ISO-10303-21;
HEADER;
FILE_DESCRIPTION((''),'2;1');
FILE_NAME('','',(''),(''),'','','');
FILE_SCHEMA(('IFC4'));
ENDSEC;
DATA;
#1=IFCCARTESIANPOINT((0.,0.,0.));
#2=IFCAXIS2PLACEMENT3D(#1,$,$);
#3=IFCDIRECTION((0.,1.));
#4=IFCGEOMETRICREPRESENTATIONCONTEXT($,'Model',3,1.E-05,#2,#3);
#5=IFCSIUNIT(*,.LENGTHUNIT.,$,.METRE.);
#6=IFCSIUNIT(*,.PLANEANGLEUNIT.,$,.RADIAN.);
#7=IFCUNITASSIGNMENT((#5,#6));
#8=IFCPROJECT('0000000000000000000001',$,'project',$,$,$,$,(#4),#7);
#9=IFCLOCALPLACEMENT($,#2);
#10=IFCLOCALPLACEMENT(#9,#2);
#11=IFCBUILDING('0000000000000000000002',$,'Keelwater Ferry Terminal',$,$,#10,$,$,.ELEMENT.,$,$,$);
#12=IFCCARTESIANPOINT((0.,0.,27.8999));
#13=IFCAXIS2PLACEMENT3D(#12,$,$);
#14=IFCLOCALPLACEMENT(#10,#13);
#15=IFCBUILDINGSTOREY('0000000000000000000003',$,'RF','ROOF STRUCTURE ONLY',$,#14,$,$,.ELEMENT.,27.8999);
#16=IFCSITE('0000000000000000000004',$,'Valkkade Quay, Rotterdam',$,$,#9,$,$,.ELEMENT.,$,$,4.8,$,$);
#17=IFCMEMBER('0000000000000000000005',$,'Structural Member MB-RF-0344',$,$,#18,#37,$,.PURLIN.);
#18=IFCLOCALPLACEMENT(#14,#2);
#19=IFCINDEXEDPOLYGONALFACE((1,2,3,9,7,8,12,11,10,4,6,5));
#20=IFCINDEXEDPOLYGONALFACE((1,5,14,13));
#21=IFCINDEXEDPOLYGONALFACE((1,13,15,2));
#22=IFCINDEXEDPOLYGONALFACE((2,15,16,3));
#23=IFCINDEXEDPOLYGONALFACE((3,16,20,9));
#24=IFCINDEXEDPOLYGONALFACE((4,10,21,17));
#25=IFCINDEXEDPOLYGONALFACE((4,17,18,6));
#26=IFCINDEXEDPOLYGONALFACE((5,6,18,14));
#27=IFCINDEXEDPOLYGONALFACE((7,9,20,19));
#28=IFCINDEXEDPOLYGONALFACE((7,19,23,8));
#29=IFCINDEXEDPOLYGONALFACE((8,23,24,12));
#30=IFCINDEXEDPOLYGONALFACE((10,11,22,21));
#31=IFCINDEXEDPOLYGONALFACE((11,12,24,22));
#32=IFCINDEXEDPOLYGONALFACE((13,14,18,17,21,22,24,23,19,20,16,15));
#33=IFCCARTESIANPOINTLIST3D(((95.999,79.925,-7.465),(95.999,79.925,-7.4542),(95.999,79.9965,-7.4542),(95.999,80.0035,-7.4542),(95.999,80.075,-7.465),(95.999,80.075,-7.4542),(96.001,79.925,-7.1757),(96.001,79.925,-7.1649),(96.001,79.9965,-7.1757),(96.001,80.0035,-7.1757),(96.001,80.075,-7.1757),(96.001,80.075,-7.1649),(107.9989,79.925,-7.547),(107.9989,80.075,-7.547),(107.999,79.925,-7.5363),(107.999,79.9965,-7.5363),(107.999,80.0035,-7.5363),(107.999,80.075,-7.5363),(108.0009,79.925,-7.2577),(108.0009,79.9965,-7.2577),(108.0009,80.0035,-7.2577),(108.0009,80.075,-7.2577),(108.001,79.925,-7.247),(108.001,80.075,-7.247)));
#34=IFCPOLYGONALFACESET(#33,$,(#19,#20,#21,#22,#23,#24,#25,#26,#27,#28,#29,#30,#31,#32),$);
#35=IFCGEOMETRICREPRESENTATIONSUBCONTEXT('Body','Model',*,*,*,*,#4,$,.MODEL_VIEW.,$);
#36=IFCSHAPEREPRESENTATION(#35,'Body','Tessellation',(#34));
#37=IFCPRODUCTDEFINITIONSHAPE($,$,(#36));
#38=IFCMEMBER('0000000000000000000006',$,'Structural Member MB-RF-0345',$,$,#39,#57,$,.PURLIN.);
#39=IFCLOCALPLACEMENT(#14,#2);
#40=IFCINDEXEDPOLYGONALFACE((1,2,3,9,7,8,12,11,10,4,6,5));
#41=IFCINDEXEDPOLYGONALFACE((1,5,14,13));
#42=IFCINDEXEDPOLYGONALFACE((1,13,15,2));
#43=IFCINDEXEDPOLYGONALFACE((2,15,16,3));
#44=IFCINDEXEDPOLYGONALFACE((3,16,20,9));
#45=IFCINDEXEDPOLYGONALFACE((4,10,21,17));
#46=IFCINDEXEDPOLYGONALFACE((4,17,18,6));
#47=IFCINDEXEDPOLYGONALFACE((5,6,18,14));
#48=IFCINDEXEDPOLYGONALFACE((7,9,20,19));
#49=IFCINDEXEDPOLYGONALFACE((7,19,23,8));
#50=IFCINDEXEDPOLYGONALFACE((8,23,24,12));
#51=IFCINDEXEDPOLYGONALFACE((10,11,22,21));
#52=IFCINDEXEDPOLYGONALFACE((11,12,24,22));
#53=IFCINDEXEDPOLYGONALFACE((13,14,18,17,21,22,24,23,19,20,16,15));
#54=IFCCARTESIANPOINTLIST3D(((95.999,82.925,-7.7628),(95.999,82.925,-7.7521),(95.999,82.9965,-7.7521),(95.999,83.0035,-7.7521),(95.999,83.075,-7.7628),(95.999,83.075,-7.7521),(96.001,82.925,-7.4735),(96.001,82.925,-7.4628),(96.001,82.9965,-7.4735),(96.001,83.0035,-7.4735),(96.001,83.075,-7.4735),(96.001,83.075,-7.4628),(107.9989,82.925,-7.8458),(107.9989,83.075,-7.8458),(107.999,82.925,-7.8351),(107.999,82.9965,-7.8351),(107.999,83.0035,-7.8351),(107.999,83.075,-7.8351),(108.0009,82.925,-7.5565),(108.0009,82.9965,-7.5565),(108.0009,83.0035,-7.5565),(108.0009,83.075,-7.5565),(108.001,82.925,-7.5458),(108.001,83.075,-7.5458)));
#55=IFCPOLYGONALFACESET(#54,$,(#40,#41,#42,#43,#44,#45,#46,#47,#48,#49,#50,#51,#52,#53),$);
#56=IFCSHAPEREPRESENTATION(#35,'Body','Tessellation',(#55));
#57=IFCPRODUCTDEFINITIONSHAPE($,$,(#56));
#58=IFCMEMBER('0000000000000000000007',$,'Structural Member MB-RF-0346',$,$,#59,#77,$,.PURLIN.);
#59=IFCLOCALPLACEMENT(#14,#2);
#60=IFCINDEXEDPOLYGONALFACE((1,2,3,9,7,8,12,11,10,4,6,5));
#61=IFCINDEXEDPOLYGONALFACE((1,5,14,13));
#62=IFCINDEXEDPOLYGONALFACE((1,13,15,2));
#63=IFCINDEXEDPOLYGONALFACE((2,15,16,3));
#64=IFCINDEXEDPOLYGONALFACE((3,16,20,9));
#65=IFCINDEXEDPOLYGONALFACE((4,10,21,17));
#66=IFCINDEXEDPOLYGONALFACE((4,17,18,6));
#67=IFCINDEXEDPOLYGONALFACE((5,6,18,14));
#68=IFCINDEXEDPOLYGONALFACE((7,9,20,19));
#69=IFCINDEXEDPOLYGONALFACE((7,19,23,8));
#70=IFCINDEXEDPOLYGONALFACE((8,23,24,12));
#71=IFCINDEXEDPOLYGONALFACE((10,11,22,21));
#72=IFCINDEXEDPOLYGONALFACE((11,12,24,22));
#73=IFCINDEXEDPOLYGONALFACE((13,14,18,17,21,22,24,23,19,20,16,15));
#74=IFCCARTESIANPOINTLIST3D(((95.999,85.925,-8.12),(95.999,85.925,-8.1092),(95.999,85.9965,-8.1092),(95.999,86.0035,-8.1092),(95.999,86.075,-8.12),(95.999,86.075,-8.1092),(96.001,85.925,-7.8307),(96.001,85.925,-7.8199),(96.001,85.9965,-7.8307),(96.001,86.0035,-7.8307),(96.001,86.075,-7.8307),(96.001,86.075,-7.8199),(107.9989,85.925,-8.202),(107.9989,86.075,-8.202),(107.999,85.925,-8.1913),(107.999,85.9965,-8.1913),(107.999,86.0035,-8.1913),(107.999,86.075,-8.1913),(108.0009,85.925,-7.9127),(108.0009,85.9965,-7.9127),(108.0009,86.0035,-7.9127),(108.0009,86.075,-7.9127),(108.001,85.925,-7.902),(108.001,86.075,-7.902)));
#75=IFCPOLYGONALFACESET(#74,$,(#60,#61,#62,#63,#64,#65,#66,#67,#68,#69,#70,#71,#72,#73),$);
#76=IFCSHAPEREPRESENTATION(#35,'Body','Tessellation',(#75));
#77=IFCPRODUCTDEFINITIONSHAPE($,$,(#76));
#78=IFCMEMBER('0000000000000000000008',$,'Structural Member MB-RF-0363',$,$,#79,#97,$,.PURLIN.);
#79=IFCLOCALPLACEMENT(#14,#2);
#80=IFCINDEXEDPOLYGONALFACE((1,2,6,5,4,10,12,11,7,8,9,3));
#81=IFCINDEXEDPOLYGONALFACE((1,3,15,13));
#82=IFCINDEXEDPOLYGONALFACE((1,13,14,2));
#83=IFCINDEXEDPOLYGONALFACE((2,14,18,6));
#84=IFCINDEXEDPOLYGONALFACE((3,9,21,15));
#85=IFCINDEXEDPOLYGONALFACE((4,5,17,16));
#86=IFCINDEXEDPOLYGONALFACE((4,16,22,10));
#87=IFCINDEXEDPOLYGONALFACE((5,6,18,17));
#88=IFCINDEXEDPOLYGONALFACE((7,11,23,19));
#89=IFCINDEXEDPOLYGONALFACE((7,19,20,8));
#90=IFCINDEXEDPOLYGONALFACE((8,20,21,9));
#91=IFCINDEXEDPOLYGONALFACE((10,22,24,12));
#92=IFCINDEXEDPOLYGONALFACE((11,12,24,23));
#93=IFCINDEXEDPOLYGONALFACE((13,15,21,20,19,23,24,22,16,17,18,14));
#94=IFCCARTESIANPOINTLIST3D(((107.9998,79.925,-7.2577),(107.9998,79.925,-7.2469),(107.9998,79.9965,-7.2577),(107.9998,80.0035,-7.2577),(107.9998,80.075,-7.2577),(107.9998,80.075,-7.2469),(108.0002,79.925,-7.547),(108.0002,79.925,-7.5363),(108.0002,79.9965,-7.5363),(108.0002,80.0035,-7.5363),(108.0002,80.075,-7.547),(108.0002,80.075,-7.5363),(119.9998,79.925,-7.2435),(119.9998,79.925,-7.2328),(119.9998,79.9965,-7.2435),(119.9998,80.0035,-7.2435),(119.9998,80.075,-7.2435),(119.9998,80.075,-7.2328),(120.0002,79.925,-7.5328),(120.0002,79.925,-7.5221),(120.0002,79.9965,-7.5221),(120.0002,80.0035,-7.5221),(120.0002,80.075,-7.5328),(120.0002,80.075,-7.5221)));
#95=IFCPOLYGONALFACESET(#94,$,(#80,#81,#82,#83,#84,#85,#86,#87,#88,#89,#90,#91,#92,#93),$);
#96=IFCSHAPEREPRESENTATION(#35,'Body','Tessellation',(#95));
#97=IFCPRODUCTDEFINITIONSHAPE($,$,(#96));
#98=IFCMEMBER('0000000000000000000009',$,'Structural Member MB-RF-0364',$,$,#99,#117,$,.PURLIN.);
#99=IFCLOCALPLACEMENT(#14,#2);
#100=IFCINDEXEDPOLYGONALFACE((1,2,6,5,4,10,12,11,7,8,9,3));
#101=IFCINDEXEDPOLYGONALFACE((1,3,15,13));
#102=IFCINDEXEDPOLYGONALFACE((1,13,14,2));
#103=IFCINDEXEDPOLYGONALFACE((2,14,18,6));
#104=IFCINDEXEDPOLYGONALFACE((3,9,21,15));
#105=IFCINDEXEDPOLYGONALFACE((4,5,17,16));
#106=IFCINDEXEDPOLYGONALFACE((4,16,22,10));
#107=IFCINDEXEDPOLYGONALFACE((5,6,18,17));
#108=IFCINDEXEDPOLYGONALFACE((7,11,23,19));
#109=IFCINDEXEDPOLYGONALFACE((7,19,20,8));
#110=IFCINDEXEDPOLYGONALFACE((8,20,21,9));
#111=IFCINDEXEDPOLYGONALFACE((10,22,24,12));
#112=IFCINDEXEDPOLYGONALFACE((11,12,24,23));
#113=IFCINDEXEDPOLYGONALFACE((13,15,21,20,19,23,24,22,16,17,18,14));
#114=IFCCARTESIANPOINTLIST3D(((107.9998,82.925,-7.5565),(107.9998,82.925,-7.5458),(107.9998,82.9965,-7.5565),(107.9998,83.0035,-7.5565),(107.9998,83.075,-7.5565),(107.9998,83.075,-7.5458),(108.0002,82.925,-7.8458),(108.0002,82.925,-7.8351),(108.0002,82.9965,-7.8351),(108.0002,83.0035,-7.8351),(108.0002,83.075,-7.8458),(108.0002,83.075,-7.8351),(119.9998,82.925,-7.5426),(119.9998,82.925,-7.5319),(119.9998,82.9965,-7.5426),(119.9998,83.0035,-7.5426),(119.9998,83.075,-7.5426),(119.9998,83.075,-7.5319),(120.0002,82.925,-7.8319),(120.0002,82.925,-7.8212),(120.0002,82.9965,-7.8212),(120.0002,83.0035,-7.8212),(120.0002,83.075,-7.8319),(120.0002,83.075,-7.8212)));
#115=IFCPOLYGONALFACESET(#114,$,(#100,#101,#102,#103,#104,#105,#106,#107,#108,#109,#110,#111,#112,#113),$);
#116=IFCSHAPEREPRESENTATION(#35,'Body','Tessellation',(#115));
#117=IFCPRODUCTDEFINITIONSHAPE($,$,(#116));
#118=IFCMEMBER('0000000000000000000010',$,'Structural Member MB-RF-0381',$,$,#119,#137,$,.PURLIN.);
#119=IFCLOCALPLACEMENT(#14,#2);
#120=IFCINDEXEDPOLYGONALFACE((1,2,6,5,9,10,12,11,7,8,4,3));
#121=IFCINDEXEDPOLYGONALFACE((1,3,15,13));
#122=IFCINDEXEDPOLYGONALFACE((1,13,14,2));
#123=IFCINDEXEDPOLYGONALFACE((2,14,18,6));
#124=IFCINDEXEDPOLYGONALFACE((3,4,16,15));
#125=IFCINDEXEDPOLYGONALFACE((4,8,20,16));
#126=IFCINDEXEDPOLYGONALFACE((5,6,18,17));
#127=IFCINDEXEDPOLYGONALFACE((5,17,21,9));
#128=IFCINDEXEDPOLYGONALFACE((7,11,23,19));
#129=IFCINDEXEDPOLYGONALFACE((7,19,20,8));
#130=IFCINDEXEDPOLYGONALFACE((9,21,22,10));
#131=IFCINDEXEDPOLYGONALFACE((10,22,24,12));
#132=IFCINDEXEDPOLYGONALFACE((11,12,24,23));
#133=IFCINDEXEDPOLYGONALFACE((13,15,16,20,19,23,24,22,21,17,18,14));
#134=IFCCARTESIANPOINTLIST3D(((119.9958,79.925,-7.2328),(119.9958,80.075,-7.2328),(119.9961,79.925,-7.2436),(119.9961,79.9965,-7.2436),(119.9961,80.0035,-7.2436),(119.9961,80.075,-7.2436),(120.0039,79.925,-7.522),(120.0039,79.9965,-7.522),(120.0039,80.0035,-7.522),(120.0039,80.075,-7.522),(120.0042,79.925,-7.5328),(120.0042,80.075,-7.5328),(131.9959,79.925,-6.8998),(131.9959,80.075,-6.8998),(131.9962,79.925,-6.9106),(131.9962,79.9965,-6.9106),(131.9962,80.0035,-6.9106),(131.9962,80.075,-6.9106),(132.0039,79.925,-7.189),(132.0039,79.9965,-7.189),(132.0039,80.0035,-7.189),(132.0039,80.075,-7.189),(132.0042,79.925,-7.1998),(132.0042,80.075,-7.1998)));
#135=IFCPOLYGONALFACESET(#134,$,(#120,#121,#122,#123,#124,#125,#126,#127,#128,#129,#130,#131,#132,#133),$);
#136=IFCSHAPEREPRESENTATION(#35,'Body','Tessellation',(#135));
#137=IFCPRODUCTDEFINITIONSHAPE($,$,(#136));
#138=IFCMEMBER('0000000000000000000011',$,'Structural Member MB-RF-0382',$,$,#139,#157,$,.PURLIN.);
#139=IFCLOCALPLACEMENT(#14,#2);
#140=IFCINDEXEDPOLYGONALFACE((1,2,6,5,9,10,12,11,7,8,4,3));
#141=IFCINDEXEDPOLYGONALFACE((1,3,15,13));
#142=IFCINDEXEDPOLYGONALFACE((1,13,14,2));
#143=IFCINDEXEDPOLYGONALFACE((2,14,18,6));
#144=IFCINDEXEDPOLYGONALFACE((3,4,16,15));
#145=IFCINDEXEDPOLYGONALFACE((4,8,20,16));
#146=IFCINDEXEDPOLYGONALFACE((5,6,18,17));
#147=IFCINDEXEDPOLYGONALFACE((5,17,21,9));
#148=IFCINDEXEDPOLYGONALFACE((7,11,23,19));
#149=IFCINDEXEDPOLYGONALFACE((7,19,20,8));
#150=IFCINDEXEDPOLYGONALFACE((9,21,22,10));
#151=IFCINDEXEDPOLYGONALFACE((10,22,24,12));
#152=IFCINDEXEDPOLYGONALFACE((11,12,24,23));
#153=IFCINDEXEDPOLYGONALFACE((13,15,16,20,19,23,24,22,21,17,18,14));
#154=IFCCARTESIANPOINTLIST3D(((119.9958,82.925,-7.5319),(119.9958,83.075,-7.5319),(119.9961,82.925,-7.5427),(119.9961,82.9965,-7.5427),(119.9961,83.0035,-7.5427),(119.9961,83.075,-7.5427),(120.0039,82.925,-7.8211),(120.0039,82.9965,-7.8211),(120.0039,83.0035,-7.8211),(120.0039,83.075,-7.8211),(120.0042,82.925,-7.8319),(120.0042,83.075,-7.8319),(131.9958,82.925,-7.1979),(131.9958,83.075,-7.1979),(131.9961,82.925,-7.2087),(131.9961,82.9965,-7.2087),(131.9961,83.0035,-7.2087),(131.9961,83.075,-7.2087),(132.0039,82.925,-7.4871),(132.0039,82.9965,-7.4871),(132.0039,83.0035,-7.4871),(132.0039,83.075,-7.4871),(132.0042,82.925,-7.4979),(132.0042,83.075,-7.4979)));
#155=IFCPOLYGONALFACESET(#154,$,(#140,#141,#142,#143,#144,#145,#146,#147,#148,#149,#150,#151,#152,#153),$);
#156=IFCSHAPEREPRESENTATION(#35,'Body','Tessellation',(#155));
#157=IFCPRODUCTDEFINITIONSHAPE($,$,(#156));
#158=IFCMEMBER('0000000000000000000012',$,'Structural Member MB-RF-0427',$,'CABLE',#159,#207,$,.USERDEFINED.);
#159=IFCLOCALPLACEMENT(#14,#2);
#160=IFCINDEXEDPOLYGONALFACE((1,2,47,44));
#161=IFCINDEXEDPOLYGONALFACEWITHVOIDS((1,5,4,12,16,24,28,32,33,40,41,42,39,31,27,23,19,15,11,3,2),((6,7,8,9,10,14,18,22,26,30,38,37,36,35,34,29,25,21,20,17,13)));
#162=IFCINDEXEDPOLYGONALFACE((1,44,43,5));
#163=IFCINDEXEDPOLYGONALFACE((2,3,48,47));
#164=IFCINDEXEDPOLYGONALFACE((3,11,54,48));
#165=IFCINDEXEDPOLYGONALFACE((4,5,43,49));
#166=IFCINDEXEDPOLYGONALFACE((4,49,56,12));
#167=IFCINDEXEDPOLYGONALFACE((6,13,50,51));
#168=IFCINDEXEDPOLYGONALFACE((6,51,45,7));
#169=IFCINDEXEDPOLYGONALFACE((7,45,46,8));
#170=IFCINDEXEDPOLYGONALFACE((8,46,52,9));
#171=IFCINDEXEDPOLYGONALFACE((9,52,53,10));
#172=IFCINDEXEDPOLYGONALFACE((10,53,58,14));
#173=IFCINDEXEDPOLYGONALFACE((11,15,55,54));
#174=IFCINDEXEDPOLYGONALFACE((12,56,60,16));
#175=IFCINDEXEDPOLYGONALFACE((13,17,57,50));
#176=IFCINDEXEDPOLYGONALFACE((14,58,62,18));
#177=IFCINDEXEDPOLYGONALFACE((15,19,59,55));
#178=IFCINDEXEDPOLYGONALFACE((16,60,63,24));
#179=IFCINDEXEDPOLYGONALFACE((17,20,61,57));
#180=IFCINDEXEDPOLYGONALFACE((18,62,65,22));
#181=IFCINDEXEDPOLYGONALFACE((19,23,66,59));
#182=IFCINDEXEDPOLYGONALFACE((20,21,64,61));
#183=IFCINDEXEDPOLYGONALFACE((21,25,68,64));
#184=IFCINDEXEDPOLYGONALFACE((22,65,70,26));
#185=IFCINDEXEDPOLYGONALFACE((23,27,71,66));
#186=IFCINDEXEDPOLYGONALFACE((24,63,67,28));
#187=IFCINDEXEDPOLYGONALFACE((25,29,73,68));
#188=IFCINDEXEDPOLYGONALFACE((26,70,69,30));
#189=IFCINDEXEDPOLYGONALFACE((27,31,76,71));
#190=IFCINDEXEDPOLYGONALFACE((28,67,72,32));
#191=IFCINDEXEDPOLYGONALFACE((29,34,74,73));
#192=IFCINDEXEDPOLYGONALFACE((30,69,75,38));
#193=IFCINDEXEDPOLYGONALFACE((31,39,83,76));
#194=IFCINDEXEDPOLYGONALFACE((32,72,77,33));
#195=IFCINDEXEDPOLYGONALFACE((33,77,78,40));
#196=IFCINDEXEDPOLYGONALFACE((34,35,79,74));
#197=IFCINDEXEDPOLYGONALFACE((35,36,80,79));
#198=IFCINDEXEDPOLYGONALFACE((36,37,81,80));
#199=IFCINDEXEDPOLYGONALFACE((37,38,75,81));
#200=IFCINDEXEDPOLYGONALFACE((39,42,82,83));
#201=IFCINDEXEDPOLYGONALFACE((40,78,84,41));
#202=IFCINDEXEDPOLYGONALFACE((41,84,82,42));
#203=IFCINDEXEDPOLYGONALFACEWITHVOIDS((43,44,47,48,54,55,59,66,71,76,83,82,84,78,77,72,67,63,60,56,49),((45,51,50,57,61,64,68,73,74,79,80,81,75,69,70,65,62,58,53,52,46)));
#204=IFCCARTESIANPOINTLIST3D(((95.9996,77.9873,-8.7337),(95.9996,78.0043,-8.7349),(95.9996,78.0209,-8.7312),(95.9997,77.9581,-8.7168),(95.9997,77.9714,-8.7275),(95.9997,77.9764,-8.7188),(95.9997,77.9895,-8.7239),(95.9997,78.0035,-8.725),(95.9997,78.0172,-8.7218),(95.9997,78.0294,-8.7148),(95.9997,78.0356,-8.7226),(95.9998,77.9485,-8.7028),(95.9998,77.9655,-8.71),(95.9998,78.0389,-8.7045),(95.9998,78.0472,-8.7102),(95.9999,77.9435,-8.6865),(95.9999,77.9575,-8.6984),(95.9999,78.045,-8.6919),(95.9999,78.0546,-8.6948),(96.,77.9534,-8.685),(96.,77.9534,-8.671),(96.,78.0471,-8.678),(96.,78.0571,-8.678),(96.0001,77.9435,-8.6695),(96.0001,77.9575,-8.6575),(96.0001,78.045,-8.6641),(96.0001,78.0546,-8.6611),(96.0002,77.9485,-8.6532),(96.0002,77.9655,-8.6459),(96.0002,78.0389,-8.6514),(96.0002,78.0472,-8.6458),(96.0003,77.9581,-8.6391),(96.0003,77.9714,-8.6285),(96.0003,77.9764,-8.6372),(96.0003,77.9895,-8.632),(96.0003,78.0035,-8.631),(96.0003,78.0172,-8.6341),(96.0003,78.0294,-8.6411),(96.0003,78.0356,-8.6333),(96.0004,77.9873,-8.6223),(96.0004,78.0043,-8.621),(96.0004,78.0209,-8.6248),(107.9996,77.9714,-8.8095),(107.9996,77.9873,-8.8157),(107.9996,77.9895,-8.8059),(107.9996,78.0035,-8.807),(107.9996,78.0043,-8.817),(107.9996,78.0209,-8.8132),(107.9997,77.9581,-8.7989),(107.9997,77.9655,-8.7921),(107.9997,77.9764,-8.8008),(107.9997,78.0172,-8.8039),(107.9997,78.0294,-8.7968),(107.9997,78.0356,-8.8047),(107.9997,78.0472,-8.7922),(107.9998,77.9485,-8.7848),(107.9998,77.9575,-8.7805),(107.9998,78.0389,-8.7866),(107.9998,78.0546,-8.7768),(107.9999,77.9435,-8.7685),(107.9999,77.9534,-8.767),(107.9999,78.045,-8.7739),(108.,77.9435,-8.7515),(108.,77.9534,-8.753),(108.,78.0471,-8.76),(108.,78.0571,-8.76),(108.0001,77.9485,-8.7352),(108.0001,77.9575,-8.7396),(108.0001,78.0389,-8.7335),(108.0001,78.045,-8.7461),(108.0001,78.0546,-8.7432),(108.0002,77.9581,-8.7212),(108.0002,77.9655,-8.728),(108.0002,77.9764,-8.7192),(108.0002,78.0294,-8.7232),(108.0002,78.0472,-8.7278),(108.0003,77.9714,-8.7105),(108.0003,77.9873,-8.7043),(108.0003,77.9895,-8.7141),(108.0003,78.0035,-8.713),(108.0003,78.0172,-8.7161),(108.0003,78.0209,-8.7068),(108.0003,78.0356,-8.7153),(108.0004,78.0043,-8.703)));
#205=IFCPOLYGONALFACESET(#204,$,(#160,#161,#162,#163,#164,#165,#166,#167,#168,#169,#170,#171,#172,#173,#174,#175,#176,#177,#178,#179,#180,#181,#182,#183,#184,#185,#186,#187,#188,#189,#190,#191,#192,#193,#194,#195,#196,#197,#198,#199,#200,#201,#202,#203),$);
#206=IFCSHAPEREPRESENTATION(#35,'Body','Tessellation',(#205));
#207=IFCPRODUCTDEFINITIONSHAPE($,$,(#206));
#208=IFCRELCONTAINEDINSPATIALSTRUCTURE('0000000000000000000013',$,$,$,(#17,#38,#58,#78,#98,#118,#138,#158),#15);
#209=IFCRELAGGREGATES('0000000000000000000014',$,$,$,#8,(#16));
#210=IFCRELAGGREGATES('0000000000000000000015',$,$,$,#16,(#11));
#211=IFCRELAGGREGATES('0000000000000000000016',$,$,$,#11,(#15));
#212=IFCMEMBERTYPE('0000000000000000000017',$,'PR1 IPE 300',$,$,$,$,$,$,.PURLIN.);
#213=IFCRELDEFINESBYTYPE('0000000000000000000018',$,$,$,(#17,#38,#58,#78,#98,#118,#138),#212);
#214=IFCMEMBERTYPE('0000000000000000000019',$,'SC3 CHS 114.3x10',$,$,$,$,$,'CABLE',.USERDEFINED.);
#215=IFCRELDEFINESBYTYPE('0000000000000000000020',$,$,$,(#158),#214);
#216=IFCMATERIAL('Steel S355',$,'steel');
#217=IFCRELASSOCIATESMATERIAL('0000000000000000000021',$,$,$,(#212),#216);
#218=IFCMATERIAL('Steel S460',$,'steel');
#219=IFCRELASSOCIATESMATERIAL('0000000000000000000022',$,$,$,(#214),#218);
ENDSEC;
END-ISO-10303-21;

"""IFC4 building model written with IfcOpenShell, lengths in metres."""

from ifc_helpers import new_model, si_unit, direction, frame, origin, origin_2d, place, context, subcontext, project, spatial, hollow_circle, i_section, extrude, material, material_profile, profile_set, type_object, element, save


model = new_model("IFC4")

# Units and contexts
model_context = context("Model", 3, precision=1e-05, world=origin(), true_north=direction((0.0, 1.0)))
body_context = subcontext(model_context, "Body", "Model", "MODEL_VIEW")
ifc_project = project(units=[si_unit("LENGTHUNIT", "METRE"), si_unit("PLANEANGLEUNIT", "RADIAN")], contexts=[model_context])

# Site, building, storey
site_placement = place(None, origin())
site = spatial("IfcSite", under=ifc_project, at=site_placement, Name="Valkkade Quay, Rotterdam", CompositionType="ELEMENT", RefElevation=4.8)
building_placement = place(site_placement, origin())
building = spatial("IfcBuilding", under=site, at=building_placement, Name="Keelwater Ferry Terminal", CompositionType="ELEMENT")
storey_placement = place(building_placement, frame((0.0, 0.0, 27.8999)))
storey = spatial("IfcBuildingStorey", under=building, at=storey_placement, Name="RF", Description="ROOF STRUCTURE ONLY", CompositionType="ELEMENT", Elevation=27.8999)

# Members
ifc_material_1 = material(Name="Steel S355", Category="steel")
ifc_material_profile_1 = material_profile(ifc_material_1, i_section(OverallWidth=0.1499, OverallDepth=0.3, WebThickness=0.0071, FlangeThickness=0.0107, at=origin_2d()), Name="IPE 300")
ifc_profile_set_1 = profile_set([ifc_material_profile_1], Name="Steel S355")
member_type_1 = type_object("IfcMemberType", Name="PR1 IPE 300", PredefinedType="PURLIN", material=ifc_profile_set_1)
for number, where, z_axis, x_axis, name in (
    (1, (96.0, 80.0, -7.3149), (0.999977, 0.0, -0.006836), (0.0, 1.0, 0.0), "Structural Member MB-RF-0344"),
    (2, (96.0, 83.0, -7.6128), (0.999976, 0.0, -0.006917), (0.0, 1.0, 0.0), "Structural Member MB-RF-0345"),
    (3, (96.0, 86.0, -7.97), (0.999977, 0.0, -0.006836), (0.0, 1.0, 0.0), "Structural Member MB-RF-0346"),
):
    element("IfcMember", number, at=place(storey_placement, frame(where, z_axis=z_axis, x_axis=x_axis)), inside=storey, type_object=member_type_1, Name=name, PredefinedType="PURLIN", context=body_context, shape_type="SweptSolid", body=[
        extrude(i_section(OverallWidth=0.1499, OverallDepth=0.3, WebThickness=0.0071, FlangeThickness=0.0107, at=origin_2d()), origin(), (0.0, 0.0, 1.0), 12.0002),
    ])
for number, where, z_axis, x_axis, name in (
    (4, (108.0, 80.0, -7.397), (0.999999, 0.0, 0.00118), (0.0, 1.0, 0.0), "Structural Member MB-RF-0363"),
    (5, (108.0, 83.0, -7.6958), (0.999999, 0.0, 0.00116), (0.0, 1.0, 0.0), "Structural Member MB-RF-0364"),
):
    element("IfcMember", number, at=place(storey_placement, frame(where, z_axis=z_axis, x_axis=x_axis)), inside=storey, type_object=member_type_1, Name=name, PredefinedType="PURLIN", context=body_context, shape_type="SweptSolid", body=[
        extrude(i_section(OverallWidth=0.1499, OverallDepth=0.3, WebThickness=0.0071, FlangeThickness=0.0107, at=origin_2d()), origin(), (0.0, 0.0, 1.0), 12.0),
    ])
for number, where, z_axis, x_axis, name in (
    (6, (120.0, 80.0, -7.3828), (0.999615, 0.0, 0.02774), (0.0, 1.0, 0.0), "Structural Member MB-RF-0381"),
    (7, (120.0, 83.0, -7.6819), (0.999613, 0.0, 0.027821), (0.0, 1.0, 0.0), "Structural Member MB-RF-0382"),
):
    element("IfcMember", number, at=place(storey_placement, frame(where, z_axis=z_axis, x_axis=x_axis)), inside=storey, type_object=member_type_1, Name=name, PredefinedType="PURLIN", context=body_context, shape_type="SweptSolid", body=[
        extrude(i_section(OverallWidth=0.1499, OverallDepth=0.3, WebThickness=0.0071, FlangeThickness=0.0107, at=origin_2d()), origin(), (0.0, 0.0, 1.0), 12.0046),
    ])
ifc_material_2 = material(Name="Steel S460", Category="steel")
ifc_material_profile_2 = material_profile(ifc_material_2, hollow_circle(Radius=0.0571, WallThickness=0.01, at=origin_2d()), Name="CHS 114.3x10")
ifc_profile_set_2 = profile_set([ifc_material_profile_2], Name="Steel S460")
member_type_2 = type_object("IfcMemberType", Name="SC3 CHS 114.3x10", ElementType="CABLE", PredefinedType="USERDEFINED", material=ifc_profile_set_2)
member_1_placement = place(storey_placement, frame((96.0, 78.0, -8.678), z_axis=(0.999977, 0.0, -0.006836), x_axis=(0.0, 1.0, 0.0)))
element("IfcMember", 8, at=member_1_placement, inside=storey, type_object=member_type_2, Name="Structural Member MB-RF-0427", ObjectType="CABLE", PredefinedType="USERDEFINED", context=body_context, shape_type="SweptSolid", body=[
    extrude(hollow_circle(Radius=0.0571, WallThickness=0.01, at=origin_2d()), origin(), (0.0, 0.0, 1.0), 12.0002),
])

save(model, "model.ifc")
